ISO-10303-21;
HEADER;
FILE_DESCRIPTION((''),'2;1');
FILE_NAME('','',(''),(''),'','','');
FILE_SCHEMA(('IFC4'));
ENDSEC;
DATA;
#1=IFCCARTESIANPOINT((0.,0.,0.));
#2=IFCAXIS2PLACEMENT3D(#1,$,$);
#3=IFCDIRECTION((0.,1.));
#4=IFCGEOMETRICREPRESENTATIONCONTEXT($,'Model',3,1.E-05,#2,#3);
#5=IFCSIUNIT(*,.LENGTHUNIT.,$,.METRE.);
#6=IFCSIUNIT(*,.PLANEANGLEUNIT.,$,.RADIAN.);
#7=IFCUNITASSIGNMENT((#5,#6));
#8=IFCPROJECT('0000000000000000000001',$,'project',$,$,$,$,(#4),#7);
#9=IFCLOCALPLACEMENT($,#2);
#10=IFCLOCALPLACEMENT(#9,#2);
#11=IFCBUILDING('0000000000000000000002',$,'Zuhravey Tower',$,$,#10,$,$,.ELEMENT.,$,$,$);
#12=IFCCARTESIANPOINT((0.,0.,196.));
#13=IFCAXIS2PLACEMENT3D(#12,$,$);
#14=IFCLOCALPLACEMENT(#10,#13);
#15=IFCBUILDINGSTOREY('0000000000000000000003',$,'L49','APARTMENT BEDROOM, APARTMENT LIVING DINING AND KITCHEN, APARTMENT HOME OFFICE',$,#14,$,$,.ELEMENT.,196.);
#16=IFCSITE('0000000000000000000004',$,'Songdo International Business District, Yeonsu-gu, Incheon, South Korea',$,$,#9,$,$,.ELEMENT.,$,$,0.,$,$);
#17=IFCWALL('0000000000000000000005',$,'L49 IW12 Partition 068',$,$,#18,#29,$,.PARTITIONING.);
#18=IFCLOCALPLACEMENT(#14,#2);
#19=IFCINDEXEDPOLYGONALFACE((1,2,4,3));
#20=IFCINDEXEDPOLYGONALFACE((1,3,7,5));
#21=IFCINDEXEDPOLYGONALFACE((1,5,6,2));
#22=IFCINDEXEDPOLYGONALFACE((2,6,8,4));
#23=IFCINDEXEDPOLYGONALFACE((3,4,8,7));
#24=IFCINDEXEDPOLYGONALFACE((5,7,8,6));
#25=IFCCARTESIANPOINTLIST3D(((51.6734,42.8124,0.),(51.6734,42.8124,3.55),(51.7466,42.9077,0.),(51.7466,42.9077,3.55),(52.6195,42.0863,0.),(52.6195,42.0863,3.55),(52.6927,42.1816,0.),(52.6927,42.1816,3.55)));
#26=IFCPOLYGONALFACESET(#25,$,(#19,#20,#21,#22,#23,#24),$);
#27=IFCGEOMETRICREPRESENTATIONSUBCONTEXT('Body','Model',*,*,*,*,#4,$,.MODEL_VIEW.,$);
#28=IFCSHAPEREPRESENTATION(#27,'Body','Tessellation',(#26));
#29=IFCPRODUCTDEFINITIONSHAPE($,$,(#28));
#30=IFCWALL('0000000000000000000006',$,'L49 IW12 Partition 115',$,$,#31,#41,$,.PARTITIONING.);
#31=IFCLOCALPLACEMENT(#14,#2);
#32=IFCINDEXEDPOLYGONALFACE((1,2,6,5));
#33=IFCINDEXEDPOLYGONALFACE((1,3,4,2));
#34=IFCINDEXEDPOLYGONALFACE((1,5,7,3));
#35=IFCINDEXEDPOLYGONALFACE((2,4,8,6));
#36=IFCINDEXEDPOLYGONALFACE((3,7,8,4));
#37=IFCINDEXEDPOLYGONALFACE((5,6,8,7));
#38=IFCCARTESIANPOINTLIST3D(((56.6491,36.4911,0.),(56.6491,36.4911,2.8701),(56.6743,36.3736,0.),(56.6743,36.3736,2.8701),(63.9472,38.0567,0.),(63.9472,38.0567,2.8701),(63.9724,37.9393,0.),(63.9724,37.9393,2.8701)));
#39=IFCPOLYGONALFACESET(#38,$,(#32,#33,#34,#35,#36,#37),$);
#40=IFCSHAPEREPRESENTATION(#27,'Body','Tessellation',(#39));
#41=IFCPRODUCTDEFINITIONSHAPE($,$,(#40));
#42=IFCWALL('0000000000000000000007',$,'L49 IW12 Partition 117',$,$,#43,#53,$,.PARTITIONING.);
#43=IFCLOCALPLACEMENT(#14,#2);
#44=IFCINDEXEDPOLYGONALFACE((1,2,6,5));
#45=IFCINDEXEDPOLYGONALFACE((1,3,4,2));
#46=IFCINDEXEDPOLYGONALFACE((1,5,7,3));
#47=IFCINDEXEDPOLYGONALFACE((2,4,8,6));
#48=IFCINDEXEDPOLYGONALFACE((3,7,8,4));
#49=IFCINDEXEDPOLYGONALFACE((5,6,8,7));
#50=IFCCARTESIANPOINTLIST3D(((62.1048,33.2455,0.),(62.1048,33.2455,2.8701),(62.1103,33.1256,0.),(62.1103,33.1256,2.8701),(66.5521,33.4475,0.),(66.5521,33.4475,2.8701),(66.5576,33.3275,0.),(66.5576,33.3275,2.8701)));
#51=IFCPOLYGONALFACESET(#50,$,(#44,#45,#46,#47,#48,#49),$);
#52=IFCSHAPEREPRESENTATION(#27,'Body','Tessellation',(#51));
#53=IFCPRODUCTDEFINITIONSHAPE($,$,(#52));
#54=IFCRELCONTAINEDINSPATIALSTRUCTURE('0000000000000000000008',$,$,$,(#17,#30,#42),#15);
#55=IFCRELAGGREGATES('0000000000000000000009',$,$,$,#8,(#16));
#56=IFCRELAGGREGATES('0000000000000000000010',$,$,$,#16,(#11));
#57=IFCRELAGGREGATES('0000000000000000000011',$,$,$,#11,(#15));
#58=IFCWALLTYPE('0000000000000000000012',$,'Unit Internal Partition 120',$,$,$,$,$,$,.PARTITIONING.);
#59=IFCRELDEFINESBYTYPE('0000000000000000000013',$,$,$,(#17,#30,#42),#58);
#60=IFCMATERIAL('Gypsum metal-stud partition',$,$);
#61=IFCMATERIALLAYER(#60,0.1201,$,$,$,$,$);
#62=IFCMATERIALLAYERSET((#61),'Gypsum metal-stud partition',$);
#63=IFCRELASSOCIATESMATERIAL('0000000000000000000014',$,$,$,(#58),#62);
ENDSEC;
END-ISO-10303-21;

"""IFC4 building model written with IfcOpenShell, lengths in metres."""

from ifc_helpers import new_model, si_unit, direction, frame, frame_2d, origin, place, context, subcontext, project, spatial, rectangle, extrude, material, layer, layer_set, type_object, element, save


model = new_model("IFC4")

# Units and contexts
model_context = context("Model", 3, precision=1e-05, world=origin(), true_north=direction((0.0, 1.0)))
body_context = subcontext(model_context, "Body", "Model", "MODEL_VIEW")
ifc_project = project(units=[si_unit("LENGTHUNIT", "METRE"), si_unit("PLANEANGLEUNIT", "RADIAN")], contexts=[model_context])

# Site, building, storey
site_placement = place(None, origin())
site = spatial("IfcSite", under=ifc_project, at=site_placement, Name="Songdo International Business District, Yeonsu-gu, Incheon, South Korea", CompositionType="ELEMENT", RefElevation=0.0)
building_placement = place(site_placement, origin())
building = spatial("IfcBuilding", under=site, at=building_placement, Name="Zuhravey Tower", CompositionType="ELEMENT")
storey_placement = place(building_placement, frame((0.0, 0.0, 196.0)))
storey = spatial("IfcBuildingStorey", under=building, at=storey_placement, Name="L49", Description="APARTMENT BEDROOM, APARTMENT LIVING DINING AND KITCHEN, APARTMENT HOME OFFICE", CompositionType="ELEMENT", Elevation=196.0)

# Walls
ifc_material_1 = material(Name="Gypsum metal-stud partition")
ifc_layer_1 = layer(ifc_material_1, 0.1201)
ifc_layer_set_1 = layer_set([ifc_layer_1], Name="Gypsum metal-stud partition")
wall_type_1 = type_object("IfcWallType", Name="Unit Internal Partition 120", PredefinedType="PARTITIONING", material=ifc_layer_set_1)
wall_1_placement = place(storey_placement, frame((52.656, 42.134, 0.0), z_axis=(0.0, 0.0, 1.0), x_axis=(-0.793293, 0.60884, 0.0)))
element("IfcWall", 1, at=wall_1_placement, inside=storey, type_object=wall_type_1, Name="L49 IW12 Partition 068", PredefinedType="PARTITIONING", context=body_context, shape_type="SweptSolid", body=[
    extrude(rectangle(XDim=1.1926, YDim=0.1201, at=frame_2d((0.5962, 0.0))), origin(), (0.0, 0.0, 1.0), 3.55),
])
wall_2_placement = place(storey_placement, frame((56.6619, 36.4324, 0.0), z_axis=(0.0, 0.0, 1.0), x_axis=(0.977753, 0.209759, 0.0)))
element("IfcWall", 2, at=wall_2_placement, inside=storey, type_object=wall_type_1, Name="L49 IW12 Partition 115", PredefinedType="PARTITIONING", context=body_context, shape_type="SweptSolid", body=[
    extrude(rectangle(XDim=7.4641, YDim=0.1201, at=frame_2d((3.7319, 0.0))), origin(), (0.0, 0.0, 1.0), 2.8701),
])
wall_3_placement = place(storey_placement, frame((62.1074, 33.1855, 0.0), z_axis=(0.0, 0.0, 1.0), x_axis=(0.998971, 0.045353, 0.0)))
element("IfcWall", 3, at=wall_3_placement, inside=storey, type_object=wall_type_1, Name="L49 IW12 Partition 117", PredefinedType="PARTITIONING", context=body_context, shape_type="SweptSolid", body=[
    extrude(rectangle(XDim=4.4519, YDim=0.1201, at=frame_2d((2.2261, 0.0))), origin(), (0.0, 0.0, 1.0), 2.8701),
])

save(model, "model.ifc")
